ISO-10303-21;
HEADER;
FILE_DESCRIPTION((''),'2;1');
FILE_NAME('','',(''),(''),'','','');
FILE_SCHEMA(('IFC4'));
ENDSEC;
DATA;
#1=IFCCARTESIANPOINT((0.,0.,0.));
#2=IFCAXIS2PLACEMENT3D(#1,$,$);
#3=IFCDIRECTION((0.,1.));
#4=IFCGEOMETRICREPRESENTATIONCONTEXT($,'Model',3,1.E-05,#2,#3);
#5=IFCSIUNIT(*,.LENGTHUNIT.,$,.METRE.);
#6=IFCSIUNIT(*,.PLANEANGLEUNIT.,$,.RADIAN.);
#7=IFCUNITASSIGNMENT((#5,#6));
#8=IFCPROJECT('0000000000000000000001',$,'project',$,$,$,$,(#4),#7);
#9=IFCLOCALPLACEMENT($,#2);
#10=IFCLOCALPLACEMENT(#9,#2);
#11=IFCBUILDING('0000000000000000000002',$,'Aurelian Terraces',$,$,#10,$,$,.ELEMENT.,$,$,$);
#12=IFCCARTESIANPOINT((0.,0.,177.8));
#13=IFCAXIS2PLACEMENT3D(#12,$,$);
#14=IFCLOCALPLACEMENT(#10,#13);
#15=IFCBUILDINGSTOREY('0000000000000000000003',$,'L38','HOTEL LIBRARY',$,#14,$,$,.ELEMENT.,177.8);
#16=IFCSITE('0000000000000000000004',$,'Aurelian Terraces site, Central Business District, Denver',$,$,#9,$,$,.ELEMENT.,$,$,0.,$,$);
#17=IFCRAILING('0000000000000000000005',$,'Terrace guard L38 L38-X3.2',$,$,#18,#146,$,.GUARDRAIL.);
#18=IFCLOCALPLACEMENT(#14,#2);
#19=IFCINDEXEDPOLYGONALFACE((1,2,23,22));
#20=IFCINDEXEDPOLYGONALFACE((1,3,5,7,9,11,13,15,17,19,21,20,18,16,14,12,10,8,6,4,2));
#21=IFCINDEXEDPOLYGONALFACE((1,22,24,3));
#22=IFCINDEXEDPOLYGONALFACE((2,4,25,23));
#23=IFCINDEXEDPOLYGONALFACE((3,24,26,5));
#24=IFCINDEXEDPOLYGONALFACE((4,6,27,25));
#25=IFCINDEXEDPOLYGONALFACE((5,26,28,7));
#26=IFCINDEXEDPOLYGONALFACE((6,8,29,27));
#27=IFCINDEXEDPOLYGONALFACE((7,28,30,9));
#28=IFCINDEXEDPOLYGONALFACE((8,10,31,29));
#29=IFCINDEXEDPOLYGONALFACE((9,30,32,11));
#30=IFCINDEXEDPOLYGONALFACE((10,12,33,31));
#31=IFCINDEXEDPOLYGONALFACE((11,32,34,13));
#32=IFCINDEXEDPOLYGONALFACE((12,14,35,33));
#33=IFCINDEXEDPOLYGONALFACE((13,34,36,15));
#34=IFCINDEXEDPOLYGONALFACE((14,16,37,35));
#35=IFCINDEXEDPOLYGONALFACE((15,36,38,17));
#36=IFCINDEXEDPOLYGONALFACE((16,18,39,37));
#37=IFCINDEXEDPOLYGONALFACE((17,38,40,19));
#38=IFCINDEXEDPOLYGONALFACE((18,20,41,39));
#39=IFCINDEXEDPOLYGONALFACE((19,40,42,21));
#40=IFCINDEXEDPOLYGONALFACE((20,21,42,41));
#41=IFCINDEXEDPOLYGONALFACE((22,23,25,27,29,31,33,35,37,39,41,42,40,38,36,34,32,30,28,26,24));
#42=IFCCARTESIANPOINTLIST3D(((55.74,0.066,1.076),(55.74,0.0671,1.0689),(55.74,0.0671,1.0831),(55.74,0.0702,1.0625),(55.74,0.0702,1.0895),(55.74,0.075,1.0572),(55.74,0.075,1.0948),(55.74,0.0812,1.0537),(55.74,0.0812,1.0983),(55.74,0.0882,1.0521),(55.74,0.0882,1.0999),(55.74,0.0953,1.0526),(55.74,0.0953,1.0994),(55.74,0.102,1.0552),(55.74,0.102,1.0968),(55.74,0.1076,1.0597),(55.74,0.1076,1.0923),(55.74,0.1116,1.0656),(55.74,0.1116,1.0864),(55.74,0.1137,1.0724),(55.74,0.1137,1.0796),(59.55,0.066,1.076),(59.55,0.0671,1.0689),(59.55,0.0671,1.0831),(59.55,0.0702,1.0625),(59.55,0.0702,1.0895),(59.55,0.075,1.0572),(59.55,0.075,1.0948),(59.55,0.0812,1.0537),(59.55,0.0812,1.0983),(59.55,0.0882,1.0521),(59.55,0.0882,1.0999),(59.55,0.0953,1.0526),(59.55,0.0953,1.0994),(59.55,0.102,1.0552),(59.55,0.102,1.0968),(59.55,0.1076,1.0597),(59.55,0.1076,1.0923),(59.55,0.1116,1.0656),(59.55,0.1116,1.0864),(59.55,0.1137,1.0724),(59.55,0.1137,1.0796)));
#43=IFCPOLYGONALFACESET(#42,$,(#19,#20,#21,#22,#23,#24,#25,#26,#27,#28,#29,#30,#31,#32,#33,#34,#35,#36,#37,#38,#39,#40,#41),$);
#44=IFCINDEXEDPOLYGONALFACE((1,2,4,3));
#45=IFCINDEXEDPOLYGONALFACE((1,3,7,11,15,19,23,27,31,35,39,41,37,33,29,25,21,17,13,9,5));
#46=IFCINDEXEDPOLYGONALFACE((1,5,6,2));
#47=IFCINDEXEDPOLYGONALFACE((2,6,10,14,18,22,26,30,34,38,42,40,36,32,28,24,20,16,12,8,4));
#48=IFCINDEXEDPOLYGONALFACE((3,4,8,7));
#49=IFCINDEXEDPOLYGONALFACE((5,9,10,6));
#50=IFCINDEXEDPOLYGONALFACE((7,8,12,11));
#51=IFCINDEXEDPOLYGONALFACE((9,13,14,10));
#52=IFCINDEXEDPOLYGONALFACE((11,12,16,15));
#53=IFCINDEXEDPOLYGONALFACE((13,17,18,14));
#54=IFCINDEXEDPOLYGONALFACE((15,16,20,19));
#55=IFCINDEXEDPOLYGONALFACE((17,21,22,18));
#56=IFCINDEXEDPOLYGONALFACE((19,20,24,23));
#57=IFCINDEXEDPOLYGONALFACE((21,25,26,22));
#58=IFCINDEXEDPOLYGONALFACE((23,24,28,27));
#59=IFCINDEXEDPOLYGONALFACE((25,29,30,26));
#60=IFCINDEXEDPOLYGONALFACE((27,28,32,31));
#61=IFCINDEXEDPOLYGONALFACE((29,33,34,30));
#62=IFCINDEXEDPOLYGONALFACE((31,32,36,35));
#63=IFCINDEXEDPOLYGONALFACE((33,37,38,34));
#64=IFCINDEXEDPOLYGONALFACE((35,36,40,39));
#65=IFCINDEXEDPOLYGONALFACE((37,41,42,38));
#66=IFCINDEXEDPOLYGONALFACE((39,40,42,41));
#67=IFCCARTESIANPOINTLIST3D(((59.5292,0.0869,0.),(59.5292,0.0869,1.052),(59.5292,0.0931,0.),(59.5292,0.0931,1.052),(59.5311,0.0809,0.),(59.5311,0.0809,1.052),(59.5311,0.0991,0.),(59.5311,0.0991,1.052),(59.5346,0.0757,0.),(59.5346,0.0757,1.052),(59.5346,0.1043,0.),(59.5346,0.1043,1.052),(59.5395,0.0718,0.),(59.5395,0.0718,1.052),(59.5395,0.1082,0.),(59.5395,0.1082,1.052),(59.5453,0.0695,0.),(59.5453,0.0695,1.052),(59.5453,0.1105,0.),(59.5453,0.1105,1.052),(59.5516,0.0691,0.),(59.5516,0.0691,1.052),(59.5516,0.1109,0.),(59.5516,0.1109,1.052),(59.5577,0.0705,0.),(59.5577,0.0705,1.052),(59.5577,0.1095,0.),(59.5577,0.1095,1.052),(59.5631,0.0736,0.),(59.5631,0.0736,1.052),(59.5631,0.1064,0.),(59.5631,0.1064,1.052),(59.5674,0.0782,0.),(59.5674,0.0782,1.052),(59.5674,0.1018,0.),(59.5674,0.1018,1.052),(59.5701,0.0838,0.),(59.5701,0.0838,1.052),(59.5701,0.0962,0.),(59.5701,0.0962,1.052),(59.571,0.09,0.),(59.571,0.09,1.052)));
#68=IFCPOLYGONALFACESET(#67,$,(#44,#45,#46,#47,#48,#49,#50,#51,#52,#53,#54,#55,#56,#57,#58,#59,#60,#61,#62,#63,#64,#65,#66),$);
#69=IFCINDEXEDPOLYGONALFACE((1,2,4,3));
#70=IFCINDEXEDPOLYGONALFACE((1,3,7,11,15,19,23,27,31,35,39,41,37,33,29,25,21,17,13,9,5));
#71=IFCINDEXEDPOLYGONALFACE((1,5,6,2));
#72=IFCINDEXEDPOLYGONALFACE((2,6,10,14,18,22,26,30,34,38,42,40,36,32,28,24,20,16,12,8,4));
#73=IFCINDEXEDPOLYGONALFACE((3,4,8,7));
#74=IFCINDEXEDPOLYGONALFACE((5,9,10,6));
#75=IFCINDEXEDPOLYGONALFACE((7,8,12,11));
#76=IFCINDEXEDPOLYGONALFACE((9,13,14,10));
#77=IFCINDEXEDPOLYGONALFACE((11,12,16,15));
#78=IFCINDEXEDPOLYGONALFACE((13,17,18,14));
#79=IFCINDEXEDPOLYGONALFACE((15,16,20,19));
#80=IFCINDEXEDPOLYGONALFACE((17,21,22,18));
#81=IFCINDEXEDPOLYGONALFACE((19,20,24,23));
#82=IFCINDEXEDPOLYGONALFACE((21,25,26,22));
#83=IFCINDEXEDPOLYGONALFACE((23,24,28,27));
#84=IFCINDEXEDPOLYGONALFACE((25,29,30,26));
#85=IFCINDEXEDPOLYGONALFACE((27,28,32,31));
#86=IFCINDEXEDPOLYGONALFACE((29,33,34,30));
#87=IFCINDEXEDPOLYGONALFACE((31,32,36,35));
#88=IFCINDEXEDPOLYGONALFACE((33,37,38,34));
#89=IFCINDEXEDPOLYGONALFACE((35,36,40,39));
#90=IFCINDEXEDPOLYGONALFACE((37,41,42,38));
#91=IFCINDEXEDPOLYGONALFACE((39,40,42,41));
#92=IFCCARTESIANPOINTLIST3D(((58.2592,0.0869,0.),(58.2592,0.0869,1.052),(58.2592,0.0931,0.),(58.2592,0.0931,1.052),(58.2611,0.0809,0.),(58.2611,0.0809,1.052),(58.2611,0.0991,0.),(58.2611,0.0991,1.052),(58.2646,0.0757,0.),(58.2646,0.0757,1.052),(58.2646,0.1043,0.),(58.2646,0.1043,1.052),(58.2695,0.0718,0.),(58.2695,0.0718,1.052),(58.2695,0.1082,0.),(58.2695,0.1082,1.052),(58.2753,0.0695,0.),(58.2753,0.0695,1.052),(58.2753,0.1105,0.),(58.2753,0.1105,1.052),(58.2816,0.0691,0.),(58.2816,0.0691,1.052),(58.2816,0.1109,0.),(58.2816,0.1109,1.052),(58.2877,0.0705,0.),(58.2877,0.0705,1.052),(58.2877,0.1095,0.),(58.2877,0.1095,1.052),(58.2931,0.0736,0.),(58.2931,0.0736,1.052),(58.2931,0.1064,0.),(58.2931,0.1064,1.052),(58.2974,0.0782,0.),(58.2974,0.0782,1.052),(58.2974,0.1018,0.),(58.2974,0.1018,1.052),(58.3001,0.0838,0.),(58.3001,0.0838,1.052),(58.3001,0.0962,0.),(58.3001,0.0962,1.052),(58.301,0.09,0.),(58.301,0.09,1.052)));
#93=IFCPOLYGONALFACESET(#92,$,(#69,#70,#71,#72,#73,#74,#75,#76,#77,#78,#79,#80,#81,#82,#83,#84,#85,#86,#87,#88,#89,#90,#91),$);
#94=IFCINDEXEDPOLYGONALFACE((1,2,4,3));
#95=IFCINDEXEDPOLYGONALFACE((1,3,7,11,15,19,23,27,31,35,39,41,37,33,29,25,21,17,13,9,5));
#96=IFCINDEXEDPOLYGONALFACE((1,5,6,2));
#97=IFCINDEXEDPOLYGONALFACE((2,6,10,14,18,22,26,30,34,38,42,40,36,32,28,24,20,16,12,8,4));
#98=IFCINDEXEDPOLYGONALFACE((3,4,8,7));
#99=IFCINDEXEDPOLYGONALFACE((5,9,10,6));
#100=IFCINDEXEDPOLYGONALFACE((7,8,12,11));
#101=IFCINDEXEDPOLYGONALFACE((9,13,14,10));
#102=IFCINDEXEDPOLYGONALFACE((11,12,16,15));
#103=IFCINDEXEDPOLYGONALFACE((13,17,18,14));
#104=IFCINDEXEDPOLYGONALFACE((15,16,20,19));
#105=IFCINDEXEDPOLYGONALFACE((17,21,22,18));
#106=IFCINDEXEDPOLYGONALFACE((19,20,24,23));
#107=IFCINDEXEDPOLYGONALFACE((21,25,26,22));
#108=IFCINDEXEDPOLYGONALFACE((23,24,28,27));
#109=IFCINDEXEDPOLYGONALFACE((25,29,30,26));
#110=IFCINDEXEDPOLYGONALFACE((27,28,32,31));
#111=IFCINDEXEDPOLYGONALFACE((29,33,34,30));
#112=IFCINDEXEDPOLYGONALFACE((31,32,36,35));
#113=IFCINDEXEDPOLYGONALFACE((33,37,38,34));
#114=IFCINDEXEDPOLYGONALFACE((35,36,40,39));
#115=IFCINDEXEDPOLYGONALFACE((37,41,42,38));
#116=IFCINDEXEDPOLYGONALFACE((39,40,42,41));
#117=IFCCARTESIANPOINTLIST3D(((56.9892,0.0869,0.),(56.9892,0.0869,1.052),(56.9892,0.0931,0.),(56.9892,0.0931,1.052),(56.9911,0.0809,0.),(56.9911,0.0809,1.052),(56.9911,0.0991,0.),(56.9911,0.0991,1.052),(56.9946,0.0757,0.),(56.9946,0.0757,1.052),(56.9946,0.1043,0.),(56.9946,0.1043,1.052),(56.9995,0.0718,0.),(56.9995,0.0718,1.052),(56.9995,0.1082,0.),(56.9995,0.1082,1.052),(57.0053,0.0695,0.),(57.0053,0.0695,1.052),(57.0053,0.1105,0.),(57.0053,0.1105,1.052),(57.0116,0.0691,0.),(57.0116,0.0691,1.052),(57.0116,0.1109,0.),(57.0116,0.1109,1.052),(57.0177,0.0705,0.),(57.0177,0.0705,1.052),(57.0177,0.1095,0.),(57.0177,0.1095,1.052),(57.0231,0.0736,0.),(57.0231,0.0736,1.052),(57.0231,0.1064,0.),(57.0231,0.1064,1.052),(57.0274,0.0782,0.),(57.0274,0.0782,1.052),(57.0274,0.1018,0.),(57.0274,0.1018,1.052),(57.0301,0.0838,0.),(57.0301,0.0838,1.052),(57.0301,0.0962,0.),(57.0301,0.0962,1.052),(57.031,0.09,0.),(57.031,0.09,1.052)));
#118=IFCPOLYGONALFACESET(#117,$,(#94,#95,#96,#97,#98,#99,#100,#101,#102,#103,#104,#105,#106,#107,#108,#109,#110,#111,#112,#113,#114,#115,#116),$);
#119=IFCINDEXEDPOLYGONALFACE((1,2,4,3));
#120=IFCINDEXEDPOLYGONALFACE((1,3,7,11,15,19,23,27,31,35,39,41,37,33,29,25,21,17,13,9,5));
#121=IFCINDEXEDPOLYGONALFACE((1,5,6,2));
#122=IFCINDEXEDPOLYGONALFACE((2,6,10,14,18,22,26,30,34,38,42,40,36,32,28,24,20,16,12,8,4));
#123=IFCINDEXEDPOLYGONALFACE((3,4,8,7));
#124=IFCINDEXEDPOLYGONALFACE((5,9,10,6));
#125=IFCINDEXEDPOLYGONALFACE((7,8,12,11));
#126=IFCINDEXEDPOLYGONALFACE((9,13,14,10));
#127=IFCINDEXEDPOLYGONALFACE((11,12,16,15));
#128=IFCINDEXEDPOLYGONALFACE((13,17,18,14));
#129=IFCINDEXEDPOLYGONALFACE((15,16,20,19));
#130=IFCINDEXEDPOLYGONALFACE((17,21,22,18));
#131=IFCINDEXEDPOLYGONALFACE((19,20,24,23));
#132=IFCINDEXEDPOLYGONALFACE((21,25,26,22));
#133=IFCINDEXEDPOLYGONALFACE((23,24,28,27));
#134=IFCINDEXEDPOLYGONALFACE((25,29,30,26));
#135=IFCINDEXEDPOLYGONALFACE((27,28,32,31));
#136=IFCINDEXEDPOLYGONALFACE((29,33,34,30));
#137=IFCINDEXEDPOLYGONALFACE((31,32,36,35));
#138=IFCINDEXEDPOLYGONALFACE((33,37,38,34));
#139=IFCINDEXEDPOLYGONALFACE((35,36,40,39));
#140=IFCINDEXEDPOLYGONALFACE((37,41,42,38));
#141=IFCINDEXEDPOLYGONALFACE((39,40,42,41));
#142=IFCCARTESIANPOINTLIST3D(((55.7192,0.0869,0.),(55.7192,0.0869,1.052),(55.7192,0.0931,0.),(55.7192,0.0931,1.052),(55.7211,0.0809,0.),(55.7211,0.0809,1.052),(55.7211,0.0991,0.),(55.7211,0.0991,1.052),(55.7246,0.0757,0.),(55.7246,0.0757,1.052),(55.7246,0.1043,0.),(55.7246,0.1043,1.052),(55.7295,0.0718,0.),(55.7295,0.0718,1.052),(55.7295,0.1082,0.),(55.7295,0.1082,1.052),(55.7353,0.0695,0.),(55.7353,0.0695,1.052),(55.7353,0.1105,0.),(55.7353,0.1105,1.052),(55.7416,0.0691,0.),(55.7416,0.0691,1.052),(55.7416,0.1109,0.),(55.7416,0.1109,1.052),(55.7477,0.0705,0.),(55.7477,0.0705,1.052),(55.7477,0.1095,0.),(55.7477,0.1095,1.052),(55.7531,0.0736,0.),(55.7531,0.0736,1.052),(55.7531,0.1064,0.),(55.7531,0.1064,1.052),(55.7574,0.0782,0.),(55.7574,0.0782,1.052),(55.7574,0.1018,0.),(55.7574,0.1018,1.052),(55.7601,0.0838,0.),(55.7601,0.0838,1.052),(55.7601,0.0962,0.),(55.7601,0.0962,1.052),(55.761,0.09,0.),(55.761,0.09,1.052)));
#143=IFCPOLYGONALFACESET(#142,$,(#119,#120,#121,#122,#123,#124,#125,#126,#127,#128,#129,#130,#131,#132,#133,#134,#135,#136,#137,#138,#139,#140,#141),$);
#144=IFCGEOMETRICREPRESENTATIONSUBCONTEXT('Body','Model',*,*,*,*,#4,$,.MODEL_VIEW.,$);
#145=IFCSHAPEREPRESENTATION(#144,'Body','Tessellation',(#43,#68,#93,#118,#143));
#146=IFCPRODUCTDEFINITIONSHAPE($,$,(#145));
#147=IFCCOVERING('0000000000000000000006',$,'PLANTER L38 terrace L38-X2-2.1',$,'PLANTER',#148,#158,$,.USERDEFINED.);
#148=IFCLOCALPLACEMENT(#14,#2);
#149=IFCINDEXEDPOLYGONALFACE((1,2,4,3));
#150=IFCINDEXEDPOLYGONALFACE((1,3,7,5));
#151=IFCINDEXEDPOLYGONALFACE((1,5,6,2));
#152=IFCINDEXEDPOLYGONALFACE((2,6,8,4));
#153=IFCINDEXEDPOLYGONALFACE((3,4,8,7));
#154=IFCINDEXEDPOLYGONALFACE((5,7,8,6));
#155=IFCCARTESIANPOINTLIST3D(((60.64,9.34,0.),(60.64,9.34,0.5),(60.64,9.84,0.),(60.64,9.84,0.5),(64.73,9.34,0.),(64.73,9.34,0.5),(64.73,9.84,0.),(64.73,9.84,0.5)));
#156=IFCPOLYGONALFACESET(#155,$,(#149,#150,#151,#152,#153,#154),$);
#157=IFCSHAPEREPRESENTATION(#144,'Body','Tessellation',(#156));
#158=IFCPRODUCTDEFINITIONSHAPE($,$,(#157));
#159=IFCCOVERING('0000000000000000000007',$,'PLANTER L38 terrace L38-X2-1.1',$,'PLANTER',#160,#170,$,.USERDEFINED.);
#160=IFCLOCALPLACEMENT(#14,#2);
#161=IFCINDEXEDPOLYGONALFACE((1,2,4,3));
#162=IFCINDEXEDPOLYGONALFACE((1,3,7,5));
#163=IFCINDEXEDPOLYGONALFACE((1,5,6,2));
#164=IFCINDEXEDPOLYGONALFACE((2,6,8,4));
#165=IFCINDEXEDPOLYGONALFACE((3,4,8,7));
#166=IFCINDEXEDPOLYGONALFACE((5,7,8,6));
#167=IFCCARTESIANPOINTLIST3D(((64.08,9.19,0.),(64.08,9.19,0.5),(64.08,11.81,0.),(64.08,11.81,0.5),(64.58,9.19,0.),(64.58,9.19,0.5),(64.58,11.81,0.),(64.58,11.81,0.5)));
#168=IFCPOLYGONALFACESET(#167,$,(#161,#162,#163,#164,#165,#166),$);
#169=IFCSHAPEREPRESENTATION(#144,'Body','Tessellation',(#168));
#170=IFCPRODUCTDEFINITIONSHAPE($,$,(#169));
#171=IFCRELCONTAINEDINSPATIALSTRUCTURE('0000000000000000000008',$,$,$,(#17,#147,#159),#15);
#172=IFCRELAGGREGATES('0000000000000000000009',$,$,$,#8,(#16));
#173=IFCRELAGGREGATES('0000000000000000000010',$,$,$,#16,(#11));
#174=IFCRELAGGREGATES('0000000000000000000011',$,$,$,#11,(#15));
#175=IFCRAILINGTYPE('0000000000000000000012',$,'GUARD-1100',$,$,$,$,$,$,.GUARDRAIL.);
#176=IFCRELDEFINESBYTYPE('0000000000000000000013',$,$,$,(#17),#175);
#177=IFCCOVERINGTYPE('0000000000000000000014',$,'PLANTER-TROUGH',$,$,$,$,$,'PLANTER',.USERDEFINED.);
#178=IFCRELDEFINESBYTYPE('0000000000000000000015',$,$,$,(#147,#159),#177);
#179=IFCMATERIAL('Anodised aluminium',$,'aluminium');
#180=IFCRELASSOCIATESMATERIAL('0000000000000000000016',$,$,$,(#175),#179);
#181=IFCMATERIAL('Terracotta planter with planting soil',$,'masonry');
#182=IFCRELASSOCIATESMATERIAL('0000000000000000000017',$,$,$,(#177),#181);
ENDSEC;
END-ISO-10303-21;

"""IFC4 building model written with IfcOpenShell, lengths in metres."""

from ifc_helpers import new_model, si_unit, direction, frame, origin, origin_2d, place, context, subcontext, project, spatial, rectangle, circle, extrude, source, transform, mapped, material, type_object, element, save


model = new_model("IFC4")

# Units and contexts
model_context = context("Model", 3, precision=1e-05, world=origin(), true_north=direction((0.0, 1.0)))
body_context = subcontext(model_context, "Body", "Model", "MODEL_VIEW")
ifc_project = project(units=[si_unit("LENGTHUNIT", "METRE"), si_unit("PLANEANGLEUNIT", "RADIAN")], contexts=[model_context])

# Site, building, storey
site_placement = place(None, origin())
site = spatial("IfcSite", under=ifc_project, at=site_placement, Name="Aurelian Terraces site, Central Business District, Denver", CompositionType="ELEMENT", RefElevation=0.0)
building_placement = place(site_placement, origin())
building = spatial("IfcBuilding", under=site, at=building_placement, Name="Aurelian Terraces", CompositionType="ELEMENT")
storey_placement = place(building_placement, frame((0.0, 0.0, 177.8)))
storey = spatial("IfcBuildingStorey", under=building, at=storey_placement, Name="L38", Description="HOTEL LIBRARY", CompositionType="ELEMENT", Elevation=177.8)

# Railing
ifc_material_1 = material(Name="Anodised aluminium", Category="aluminium")
railing_type = type_object("IfcRailingType", Name="GUARD-1100", PredefinedType="GUARDRAIL", material=ifc_material_1)
railing_1_placement = place(storey_placement, frame((59.55, 0.09, 0.0)))
element("IfcRailing", 1, at=railing_1_placement, inside=storey, type_object=railing_type, Name="Terrace guard L38 L38-X3.2", PredefinedType="GUARDRAIL", context=body_context, shape_type="SweptSolid", body=[
    extrude(circle(Radius=0.024, at=origin_2d()), frame((0.0, 0.0, 1.076), z_axis=(-1.0, 0.0, 0.0), x_axis=(0.0, -1.0, 0.0)), (0.0, 0.0, 1.0), 3.81),
    extrude(circle(Radius=0.021, at=origin_2d()), origin(), (0.0, 0.0, 1.0), 1.052),
    extrude(circle(Radius=0.021, at=origin_2d()), frame((-1.27, 0.0, 0.0)), (0.0, 0.0, 1.0), 1.052),
    extrude(circle(Radius=0.021, at=origin_2d()), frame((-2.54, 0.0, 0.0)), (0.0, 0.0, 1.0), 1.052),
    extrude(circle(Radius=0.021, at=origin_2d()), frame((-3.81, 0.0, 0.0)), (0.0, 0.0, 1.0), 1.052),
])

# Coverings
ifc_material_2 = material(Name="Terracotta planter with planting soil", Category="masonry")
covering_type = type_object("IfcCoveringType", Name="PLANTER-TROUGH", ElementType="PLANTER", PredefinedType="USERDEFINED", material=ifc_material_2)
shared_shape_1 = source(origin(), body_context, "Body", "SweptSolid", [
    extrude(rectangle(XDim=4.09, YDim=0.5, at=origin_2d()), origin(), (0.0, 0.0, 1.0), 0.5),
])
covering_1_placement = place(storey_placement, frame((62.685, 9.59, 0.0), z_axis=(0.0, 0.0, 1.0), x_axis=(1.0, 0.0, 0.0)))
element("IfcCovering", 2, at=covering_1_placement, inside=storey, type_object=covering_type, Name="PLANTER L38 terrace L38-X2-2.1", ObjectType="PLANTER", PredefinedType="USERDEFINED", context=body_context, shape_type="MappedRepresentation", body=[
    mapped(shared_shape_1, transform((0.0, 0.0, 0.0), scale=1.0)),
])
shared_shape_2 = source(origin(), body_context, "Body", "SweptSolid", [
    extrude(rectangle(XDim=0.5, YDim=2.62, at=origin_2d()), origin(), (0.0, 0.0, 1.0), 0.5),
])
covering_2_placement = place(storey_placement, frame((64.33, 10.5, 0.0), z_axis=(0.0, 0.0, 1.0), x_axis=(1.0, 0.0, 0.0)))
element("IfcCovering", 3, at=covering_2_placement, inside=storey, type_object=covering_type, Name="PLANTER L38 terrace L38-X2-1.1", ObjectType="PLANTER", PredefinedType="USERDEFINED", context=body_context, shape_type="MappedRepresentation", body=[
    mapped(shared_shape_2, transform((0.0, 0.0, 0.0), scale=1.0)),
])

save(model, "model.ifc")
